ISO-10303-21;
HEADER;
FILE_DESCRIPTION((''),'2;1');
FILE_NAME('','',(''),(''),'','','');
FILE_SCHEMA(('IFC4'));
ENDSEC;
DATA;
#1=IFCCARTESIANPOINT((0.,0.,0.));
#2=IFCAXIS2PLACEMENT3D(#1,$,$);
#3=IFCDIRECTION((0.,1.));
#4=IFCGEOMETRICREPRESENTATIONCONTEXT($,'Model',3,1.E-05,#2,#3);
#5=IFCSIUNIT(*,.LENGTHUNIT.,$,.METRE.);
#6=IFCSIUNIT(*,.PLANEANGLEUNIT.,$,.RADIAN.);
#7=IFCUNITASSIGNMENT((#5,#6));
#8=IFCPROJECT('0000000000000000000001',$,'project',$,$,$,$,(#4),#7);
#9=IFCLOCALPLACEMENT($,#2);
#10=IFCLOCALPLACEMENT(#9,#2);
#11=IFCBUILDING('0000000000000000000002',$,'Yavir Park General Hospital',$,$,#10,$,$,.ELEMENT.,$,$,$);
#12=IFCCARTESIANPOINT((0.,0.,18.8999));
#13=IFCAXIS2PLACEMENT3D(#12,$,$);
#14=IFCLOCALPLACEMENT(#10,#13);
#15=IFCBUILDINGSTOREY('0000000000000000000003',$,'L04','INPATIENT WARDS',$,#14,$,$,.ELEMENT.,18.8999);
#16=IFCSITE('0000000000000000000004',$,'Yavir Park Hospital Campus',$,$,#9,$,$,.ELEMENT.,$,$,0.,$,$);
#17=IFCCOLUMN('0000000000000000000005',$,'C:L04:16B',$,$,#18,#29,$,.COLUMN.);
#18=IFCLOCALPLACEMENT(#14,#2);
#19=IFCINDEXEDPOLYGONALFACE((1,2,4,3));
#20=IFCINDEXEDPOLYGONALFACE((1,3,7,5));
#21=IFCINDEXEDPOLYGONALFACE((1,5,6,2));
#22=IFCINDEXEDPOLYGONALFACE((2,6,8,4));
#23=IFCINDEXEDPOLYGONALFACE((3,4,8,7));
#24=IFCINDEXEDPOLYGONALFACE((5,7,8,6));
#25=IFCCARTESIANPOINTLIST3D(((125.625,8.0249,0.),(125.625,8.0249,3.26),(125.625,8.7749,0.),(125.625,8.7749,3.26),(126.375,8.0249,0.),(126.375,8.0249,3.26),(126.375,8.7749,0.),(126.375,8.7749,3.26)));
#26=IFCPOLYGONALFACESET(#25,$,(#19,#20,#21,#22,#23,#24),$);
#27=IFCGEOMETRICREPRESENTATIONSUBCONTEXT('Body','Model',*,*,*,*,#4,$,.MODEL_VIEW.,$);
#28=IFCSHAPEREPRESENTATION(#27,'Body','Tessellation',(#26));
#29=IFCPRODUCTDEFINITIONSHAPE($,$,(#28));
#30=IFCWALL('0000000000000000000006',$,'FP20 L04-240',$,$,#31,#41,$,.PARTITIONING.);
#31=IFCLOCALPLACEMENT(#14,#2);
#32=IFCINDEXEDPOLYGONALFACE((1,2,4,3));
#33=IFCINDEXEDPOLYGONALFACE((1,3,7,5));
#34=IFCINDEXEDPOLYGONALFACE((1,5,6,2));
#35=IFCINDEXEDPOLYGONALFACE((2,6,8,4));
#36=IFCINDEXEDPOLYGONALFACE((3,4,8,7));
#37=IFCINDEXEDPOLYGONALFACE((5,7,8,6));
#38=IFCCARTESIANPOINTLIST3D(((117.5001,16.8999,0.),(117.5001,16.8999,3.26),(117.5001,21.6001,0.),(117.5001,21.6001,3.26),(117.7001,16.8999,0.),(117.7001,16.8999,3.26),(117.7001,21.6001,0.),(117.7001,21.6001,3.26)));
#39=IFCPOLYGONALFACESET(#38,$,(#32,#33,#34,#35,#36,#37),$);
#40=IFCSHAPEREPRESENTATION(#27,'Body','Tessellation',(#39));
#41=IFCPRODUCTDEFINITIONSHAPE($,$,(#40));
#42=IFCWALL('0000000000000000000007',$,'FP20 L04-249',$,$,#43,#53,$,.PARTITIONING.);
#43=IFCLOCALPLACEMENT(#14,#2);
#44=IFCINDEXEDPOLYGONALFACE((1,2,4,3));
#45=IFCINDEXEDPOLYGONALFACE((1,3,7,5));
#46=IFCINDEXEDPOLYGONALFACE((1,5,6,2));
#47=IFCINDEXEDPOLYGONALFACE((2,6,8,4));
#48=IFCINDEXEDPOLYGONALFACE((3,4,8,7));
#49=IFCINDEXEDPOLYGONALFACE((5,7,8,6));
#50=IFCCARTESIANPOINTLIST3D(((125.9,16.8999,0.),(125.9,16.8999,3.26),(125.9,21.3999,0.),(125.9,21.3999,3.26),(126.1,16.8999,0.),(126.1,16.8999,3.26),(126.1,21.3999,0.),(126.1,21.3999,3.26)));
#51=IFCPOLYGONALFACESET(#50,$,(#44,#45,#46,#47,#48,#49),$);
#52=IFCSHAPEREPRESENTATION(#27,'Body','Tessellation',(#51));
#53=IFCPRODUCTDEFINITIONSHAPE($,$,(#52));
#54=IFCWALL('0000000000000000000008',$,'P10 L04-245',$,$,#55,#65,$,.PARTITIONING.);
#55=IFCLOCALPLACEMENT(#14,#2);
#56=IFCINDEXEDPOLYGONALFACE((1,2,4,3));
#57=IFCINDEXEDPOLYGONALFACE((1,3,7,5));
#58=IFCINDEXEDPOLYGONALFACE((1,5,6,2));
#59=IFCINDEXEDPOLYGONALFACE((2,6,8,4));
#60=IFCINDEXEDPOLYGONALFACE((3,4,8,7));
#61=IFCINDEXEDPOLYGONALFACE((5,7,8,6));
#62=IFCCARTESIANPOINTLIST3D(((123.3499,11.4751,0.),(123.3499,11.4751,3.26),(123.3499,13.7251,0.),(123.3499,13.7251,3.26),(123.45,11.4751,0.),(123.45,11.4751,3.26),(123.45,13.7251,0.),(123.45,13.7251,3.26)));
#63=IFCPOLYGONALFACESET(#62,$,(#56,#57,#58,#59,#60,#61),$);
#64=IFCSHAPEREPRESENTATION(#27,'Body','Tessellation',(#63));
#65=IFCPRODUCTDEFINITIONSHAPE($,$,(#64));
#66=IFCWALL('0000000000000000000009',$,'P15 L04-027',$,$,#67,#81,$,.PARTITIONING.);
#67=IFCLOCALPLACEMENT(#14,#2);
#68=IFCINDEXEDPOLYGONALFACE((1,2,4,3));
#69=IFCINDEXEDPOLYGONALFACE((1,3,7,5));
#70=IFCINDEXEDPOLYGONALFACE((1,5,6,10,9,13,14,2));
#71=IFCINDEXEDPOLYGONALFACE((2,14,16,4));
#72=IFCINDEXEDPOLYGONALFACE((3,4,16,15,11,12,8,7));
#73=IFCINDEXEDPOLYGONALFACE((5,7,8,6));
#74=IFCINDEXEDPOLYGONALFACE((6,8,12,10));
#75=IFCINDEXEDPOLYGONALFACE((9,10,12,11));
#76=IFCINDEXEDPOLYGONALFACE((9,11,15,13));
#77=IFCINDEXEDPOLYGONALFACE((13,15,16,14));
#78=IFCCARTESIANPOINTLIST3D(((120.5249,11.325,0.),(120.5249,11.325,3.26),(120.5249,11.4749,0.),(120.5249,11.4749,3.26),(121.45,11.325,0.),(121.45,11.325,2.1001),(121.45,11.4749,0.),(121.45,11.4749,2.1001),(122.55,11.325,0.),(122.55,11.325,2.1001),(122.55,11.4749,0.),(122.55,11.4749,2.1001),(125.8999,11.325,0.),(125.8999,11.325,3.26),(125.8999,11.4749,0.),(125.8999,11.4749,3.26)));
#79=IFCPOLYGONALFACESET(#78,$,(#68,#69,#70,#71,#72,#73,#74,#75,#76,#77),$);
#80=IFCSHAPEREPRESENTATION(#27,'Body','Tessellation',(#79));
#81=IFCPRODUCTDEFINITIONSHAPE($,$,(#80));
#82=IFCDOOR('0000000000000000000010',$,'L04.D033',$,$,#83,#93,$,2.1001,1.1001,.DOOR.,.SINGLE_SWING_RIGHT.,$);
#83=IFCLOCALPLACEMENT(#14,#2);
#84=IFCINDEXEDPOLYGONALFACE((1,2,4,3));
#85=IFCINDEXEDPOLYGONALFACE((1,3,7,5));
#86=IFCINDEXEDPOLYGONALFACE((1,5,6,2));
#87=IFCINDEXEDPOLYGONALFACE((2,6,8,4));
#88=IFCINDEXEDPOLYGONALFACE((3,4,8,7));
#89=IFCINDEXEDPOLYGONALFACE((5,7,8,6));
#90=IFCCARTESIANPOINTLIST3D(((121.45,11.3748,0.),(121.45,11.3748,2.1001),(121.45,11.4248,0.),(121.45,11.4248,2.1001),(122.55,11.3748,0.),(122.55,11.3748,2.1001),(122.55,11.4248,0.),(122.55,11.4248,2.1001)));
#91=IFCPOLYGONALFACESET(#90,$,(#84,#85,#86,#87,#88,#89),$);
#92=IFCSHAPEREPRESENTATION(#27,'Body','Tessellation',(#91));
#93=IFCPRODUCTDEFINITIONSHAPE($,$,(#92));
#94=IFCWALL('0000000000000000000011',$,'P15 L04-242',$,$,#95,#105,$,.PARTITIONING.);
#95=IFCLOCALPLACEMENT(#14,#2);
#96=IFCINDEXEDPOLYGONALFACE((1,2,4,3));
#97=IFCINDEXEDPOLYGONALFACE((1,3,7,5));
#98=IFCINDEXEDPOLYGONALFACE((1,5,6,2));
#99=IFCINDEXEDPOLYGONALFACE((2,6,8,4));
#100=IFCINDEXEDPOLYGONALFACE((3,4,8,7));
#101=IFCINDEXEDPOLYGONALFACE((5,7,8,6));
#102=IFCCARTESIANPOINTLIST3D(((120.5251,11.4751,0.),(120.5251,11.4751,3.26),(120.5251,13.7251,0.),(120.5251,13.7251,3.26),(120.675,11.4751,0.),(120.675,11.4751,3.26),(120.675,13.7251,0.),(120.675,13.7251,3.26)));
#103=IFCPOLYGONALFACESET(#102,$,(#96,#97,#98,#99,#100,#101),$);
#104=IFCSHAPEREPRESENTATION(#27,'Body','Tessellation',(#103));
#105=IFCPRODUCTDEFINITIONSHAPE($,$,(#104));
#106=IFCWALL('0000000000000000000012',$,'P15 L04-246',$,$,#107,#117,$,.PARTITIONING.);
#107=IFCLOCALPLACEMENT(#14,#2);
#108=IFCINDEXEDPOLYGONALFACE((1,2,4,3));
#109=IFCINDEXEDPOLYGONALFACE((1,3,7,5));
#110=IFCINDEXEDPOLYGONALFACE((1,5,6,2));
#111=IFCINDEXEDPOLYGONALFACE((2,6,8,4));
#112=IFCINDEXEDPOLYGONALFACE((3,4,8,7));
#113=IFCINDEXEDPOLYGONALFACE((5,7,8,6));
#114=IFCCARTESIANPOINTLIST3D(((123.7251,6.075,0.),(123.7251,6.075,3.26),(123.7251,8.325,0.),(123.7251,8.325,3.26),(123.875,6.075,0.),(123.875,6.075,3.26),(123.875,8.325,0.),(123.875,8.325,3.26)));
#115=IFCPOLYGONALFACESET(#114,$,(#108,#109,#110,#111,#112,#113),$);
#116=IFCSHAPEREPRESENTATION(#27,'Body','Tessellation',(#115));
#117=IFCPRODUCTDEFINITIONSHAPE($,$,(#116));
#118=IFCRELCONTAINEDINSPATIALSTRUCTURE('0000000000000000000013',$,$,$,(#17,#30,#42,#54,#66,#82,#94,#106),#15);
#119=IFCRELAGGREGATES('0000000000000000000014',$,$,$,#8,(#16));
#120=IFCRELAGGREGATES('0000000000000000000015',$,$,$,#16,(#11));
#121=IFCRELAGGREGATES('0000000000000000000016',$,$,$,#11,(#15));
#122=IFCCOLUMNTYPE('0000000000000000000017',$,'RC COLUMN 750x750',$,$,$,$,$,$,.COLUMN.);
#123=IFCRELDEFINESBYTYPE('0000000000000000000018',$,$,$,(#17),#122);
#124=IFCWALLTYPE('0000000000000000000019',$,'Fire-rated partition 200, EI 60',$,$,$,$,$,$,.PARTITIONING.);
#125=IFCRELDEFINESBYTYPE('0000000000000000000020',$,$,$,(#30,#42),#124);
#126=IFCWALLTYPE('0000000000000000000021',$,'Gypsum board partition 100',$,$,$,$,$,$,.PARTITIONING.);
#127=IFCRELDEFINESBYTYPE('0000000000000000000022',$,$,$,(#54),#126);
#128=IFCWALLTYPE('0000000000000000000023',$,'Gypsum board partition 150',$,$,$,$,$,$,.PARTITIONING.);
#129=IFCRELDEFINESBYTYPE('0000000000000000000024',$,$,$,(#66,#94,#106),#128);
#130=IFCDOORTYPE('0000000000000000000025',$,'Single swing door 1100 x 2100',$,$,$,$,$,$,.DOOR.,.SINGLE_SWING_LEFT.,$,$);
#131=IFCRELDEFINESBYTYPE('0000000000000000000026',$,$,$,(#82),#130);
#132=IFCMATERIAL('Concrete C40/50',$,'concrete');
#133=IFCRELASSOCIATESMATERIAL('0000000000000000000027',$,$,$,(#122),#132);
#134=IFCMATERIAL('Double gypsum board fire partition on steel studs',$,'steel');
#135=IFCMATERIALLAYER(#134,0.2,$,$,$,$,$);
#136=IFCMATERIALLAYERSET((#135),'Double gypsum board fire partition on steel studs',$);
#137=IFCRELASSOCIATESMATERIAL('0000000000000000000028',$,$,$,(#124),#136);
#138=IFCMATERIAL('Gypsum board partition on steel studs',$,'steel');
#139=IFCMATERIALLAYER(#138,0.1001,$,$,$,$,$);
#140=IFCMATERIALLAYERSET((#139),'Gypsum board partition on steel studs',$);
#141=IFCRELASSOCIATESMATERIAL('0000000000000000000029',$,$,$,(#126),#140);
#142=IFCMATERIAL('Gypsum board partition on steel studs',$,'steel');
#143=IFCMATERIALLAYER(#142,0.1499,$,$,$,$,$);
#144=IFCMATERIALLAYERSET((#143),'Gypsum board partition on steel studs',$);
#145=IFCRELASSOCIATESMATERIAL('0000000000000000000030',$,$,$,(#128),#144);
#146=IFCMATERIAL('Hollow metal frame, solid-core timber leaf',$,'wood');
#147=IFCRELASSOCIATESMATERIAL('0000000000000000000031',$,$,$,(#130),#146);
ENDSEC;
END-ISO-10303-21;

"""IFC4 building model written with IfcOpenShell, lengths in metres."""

from ifc_helpers import new_model, si_unit, direction, frame, frame_2d, origin, origin_2d, place, context, subcontext, project, spatial, rectangle, extrude, material, layer, layer_set, material_profile, profile_set, type_object, element, fill, save


model = new_model("IFC4")

# Units and contexts
model_context = context("Model", 3, precision=1e-05, world=origin(), true_north=direction((0.0, 1.0)))
body_context = subcontext(model_context, "Body", "Model", "MODEL_VIEW")
ifc_project = project(units=[si_unit("LENGTHUNIT", "METRE"), si_unit("PLANEANGLEUNIT", "RADIAN")], contexts=[model_context])

# Site, building, storey
site_placement = place(None, origin())
site = spatial("IfcSite", under=ifc_project, at=site_placement, Name="Yavir Park Hospital Campus", CompositionType="ELEMENT", RefElevation=0.0)
building_placement = place(site_placement, origin())
building = spatial("IfcBuilding", under=site, at=building_placement, Name="Yavir Park General Hospital", CompositionType="ELEMENT")
storey_placement = place(building_placement, frame((0.0, 0.0, 18.8999)))
storey = spatial("IfcBuildingStorey", under=building, at=storey_placement, Name="L04", Description="INPATIENT WARDS", CompositionType="ELEMENT", Elevation=18.8999)

# Column
ifc_material_1 = material(Name="Concrete C40/50", Category="concrete")
ifc_material_profile = material_profile(ifc_material_1, rectangle(XDim=0.75, YDim=0.75, at=origin_2d()), Name="RC750x750")
ifc_profile_set = profile_set([ifc_material_profile], Name="Concrete C40/50")
column_type = type_object("IfcColumnType", Name="RC COLUMN 750x750", PredefinedType="COLUMN", material=ifc_profile_set)
column_placement = place(storey_placement, frame((126.0, 8.3999, 0.0), z_axis=(0.0, 0.0, 1.0), x_axis=(1.0, 0.0, 0.0)))
element("IfcColumn", 1, at=column_placement, inside=storey, type_object=column_type, Name="C:L04:16B", PredefinedType="COLUMN", context=body_context, shape_type="SweptSolid", body=[
    extrude(rectangle(XDim=0.75, YDim=0.75, at=origin_2d()), origin(), (0.0, 0.0, 1.0), 3.26),
])

# Wall
ifc_material_2 = material(Name="Double gypsum board fire partition on steel studs", Category="steel")
ifc_layer_1 = layer(ifc_material_2, 0.2)
ifc_layer_set_1 = layer_set([ifc_layer_1], Name="Double gypsum board fire partition on steel studs")
wall_type_1 = type_object("IfcWallType", Name="Fire-rated partition 200, EI 60", PredefinedType="PARTITIONING", material=ifc_layer_set_1)
wall_1_placement = place(storey_placement, frame((117.6001, 16.8999, 0.0), z_axis=(0.0, 0.0, 1.0), x_axis=(0.0, 1.0, 0.0)))
element("IfcWall", 2, at=wall_1_placement, inside=storey, type_object=wall_type_1, Name="FP20 L04-240", PredefinedType="PARTITIONING", context=body_context, shape_type="SweptSolid", body=[
    extrude(rectangle(XDim=4.7002, YDim=0.2, at=frame_2d((2.3501, 0.0))), origin(), (0.0, 0.0, 1.0), 3.26),
])

# Walls
wall_2_placement = place(storey_placement, frame((126.0, 16.8999, 0.0), z_axis=(0.0, 0.0, 1.0), x_axis=(0.0, 1.0, 0.0)))
element("IfcWall", 3, at=wall_2_placement, inside=storey, type_object=wall_type_1, Name="FP20 L04-249", PredefinedType="PARTITIONING", context=body_context, shape_type="SweptSolid", body=[
    extrude(rectangle(XDim=4.5, YDim=0.2, at=frame_2d((2.25, 0.0))), origin(), (0.0, 0.0, 1.0), 3.26),
])
ifc_material_3 = material(Name="Gypsum board partition on steel studs", Category="steel")
ifc_layer_2 = layer(ifc_material_3, 0.1001)
ifc_layer_set_2 = layer_set([ifc_layer_2], Name="Gypsum board partition on steel studs")
wall_type_2 = type_object("IfcWallType", Name="Gypsum board partition 100", PredefinedType="PARTITIONING", material=ifc_layer_set_2)
wall_3_placement = place(storey_placement, frame((123.3999, 11.4751, 0.0), z_axis=(0.0, 0.0, 1.0), x_axis=(0.0, 1.0, 0.0)))
element("IfcWall", 4, at=wall_3_placement, inside=storey, type_object=wall_type_2, Name="P10 L04-245", PredefinedType="PARTITIONING", context=body_context, shape_type="SweptSolid", body=[
    extrude(rectangle(XDim=2.25, YDim=0.1001, at=frame_2d((1.125, 0.0))), origin(), (0.0, 0.0, 1.0), 3.26),
])

# Wall, opening, door
ifc_material_4 = material(Name="Gypsum board partition on steel studs", Category="steel")
ifc_layer_3 = layer(ifc_material_4, 0.1499)
ifc_layer_set_3 = layer_set([ifc_layer_3], Name="Gypsum board partition on steel studs")
wall_type_3 = type_object("IfcWallType", Name="Gypsum board partition 150", PredefinedType="PARTITIONING", material=ifc_layer_set_3)
wall_4_placement = place(storey_placement, frame((120.5249, 11.3999, 0.0), z_axis=(0.0, 0.0, 1.0), x_axis=(1.0, 0.0, 0.0)))
wall_4 = element("IfcWall", 5, at=wall_4_placement, inside=storey, type_object=wall_type_3, Name="P15 L04-027", PredefinedType="PARTITIONING", context=body_context, shape_type="SweptSolid", body=[
    extrude(rectangle(XDim=5.375, YDim=0.1499, at=frame_2d((2.6875, 0.0))), origin(), (0.0, 0.0, 1.0), 3.26),
])
opening_1_placement = place(wall_4_placement, frame((0.925, 0.0, 0.0)))
opening_1 = element("IfcOpeningElement", 6, at=opening_1_placement, cuts=wall_4, PredefinedType="OPENING", context=body_context, shape_type="SweptSolid", body=[
    extrude(rectangle(XDim=1.1001, YDim=2.1001, at=frame_2d((0.55, 1.05))), frame((0.0, 0.085, 0.0), z_axis=(0.0, -1.0, 0.0), x_axis=(1.0, 0.0, 0.0)), (0.0, 0.0, 1.0), 0.1699),
])
ifc_material_5 = material(Name="Hollow metal frame, solid-core timber leaf", Category="wood")
door_type_1 = type_object("IfcDoorType", Name="Single swing door 1100 x 2100", OperationType="SINGLE_SWING_LEFT", PredefinedType="DOOR", material=ifc_material_5)
door_1_placement = place(opening_1_placement, origin())
door_1 = element("IfcDoor", 7, at=door_1_placement, inside=storey, type_object=door_type_1, Name="L04.D033", OperationType="SINGLE_SWING_RIGHT", OverallHeight=2.1001, OverallWidth=1.1001, PredefinedType="DOOR", context=body_context, shape_type="SweptSolid", body=[
    extrude(rectangle(XDim=1.1001, YDim=2.1001, at=frame_2d((0.55, 1.05))), frame((0.0, 0.0249, 0.0), z_axis=(0.0, -1.0, 0.0), x_axis=(1.0, 0.0, 0.0)), (0.0, 0.0, 1.0), 0.05),
])
fill(opening_1, door_1)

# Walls
for number, where, z_axis, x_axis, name in (
    (8, (120.6001, 11.4751, 0.0), (0.0, 0.0, 1.0), (0.0, 1.0, 0.0), "P15 L04-242"),
    (9, (123.8, 6.075, 0.0), (0.0, 0.0, 1.0), (0.0, 1.0, 0.0), "P15 L04-246"),
):
    element("IfcWall", number, at=place(storey_placement, frame(where, z_axis=z_axis, x_axis=x_axis)), inside=storey, type_object=wall_type_3, Name=name, PredefinedType="PARTITIONING", context=body_context, shape_type="SweptSolid", body=[
        extrude(rectangle(XDim=2.25, YDim=0.1499, at=frame_2d((1.125, 0.0))), origin(), (0.0, 0.0, 1.0), 3.26),
    ])

save(model, "model.ifc")
